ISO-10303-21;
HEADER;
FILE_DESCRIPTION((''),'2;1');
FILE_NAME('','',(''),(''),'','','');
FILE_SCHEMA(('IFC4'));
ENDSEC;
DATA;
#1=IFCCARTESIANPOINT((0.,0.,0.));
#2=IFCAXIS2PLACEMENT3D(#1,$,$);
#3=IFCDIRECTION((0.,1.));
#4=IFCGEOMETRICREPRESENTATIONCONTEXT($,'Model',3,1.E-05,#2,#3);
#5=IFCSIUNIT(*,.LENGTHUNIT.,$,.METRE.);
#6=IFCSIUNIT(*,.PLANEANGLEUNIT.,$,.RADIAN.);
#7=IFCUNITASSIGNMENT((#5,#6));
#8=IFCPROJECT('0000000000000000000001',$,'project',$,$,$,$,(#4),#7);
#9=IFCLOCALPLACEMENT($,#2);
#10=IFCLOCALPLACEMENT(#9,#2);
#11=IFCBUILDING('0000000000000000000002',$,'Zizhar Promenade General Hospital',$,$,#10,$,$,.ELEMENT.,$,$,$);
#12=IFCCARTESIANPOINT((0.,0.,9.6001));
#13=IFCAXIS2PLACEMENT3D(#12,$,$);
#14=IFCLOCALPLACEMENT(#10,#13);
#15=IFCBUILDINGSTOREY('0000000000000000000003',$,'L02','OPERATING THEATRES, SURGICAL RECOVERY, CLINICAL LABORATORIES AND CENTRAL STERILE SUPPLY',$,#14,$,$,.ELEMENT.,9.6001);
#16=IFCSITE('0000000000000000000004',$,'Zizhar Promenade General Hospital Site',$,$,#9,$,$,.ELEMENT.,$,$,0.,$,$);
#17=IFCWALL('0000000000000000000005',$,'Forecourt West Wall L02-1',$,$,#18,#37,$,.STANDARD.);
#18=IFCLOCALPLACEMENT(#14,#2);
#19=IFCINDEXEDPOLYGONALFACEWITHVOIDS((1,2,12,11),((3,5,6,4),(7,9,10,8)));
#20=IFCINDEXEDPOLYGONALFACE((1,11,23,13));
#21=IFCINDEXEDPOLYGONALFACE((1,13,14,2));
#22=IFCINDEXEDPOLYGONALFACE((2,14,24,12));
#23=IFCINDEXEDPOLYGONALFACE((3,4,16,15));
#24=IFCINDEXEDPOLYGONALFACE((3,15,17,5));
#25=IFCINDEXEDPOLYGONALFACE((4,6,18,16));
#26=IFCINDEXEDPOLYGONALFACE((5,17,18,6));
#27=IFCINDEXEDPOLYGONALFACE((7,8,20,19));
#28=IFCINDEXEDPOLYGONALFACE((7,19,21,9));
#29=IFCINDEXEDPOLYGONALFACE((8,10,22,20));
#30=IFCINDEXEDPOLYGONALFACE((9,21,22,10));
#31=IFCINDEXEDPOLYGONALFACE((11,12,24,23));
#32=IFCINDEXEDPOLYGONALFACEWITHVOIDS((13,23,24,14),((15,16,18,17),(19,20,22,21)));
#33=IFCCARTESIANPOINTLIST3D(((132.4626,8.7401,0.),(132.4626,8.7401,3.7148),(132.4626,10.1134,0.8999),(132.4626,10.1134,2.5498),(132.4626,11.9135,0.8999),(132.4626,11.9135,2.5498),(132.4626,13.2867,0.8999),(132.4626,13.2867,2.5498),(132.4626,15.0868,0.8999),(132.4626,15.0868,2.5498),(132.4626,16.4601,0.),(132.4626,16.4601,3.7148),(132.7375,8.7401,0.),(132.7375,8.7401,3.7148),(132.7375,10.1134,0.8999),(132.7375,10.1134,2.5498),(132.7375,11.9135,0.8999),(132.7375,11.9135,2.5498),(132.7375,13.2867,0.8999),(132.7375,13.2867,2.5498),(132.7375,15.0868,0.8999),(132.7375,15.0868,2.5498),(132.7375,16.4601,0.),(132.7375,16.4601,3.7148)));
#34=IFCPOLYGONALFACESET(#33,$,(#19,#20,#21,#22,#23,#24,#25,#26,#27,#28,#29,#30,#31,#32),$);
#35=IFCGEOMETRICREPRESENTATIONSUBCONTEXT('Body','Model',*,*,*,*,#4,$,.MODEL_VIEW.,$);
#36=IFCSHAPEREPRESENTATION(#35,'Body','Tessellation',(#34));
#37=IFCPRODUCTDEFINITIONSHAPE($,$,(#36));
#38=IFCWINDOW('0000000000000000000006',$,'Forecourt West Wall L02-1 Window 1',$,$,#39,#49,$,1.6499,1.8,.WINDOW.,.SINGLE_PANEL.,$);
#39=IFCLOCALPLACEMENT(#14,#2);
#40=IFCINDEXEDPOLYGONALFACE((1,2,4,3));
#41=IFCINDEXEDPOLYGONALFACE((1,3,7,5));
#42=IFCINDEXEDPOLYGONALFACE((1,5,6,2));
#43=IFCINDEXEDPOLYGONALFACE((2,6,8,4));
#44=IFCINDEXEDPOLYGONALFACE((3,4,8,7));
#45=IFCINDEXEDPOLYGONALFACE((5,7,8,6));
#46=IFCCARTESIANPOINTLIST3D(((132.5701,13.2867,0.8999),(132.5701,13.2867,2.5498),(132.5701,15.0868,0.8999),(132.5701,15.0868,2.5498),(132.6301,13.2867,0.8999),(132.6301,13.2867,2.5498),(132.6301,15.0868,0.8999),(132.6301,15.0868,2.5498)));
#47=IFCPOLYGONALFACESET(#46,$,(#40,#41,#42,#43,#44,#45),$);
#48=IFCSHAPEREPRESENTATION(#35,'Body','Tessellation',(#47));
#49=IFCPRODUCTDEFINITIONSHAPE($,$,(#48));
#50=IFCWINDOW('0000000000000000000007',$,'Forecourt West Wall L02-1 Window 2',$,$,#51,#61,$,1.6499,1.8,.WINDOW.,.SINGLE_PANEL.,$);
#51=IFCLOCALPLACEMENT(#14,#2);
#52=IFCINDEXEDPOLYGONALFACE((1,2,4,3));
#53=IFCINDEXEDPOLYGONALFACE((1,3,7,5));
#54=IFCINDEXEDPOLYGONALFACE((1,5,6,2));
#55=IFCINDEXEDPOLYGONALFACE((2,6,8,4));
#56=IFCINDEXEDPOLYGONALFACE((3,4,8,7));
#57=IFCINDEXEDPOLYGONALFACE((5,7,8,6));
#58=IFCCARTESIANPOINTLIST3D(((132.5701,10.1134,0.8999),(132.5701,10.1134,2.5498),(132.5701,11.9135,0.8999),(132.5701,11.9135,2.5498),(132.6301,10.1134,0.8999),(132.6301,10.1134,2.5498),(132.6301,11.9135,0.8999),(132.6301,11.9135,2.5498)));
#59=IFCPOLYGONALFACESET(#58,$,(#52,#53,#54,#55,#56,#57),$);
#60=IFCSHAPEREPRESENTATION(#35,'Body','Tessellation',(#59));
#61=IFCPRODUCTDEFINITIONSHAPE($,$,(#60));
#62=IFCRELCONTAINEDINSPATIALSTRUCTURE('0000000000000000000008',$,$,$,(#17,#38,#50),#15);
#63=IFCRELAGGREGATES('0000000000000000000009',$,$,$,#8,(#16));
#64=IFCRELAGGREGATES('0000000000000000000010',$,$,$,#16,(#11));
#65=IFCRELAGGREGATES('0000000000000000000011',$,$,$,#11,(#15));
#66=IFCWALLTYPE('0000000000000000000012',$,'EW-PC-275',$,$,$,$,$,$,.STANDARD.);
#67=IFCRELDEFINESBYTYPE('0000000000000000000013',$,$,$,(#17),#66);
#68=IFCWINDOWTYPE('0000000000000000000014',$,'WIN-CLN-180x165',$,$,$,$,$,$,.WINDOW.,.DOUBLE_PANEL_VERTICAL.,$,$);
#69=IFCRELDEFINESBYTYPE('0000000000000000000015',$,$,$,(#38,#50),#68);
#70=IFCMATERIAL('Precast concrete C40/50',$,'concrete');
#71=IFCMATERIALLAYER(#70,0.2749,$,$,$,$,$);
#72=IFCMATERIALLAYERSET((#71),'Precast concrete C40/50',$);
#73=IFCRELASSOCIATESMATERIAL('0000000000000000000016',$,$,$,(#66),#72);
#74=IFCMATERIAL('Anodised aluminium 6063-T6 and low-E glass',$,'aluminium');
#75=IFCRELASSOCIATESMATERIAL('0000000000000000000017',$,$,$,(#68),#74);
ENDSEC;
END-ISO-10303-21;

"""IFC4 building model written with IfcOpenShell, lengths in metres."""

from ifc_helpers import new_model, si_unit, direction, frame, frame_2d, origin, place, context, subcontext, project, spatial, rectangle, extrude, material, layer, layer_set, type_object, element, fill, save


model = new_model("IFC4")

# Units and contexts
model_context = context("Model", 3, precision=1e-05, world=origin(), true_north=direction((0.0, 1.0)))
body_context = subcontext(model_context, "Body", "Model", "MODEL_VIEW")
ifc_project = project(units=[si_unit("LENGTHUNIT", "METRE"), si_unit("PLANEANGLEUNIT", "RADIAN")], contexts=[model_context])

# Site, building, storey
site_placement = place(None, origin())
site = spatial("IfcSite", under=ifc_project, at=site_placement, Name="Zizhar Promenade General Hospital Site", CompositionType="ELEMENT", RefElevation=0.0)
building_placement = place(site_placement, origin())
building = spatial("IfcBuilding", under=site, at=building_placement, Name="Zizhar Promenade General Hospital", CompositionType="ELEMENT")
storey_placement = place(building_placement, frame((0.0, 0.0, 9.6001)))
storey = spatial("IfcBuildingStorey", under=building, at=storey_placement, Name="L02", Description="OPERATING THEATRES, SURGICAL RECOVERY, CLINICAL LABORATORIES AND CENTRAL STERILE SUPPLY", CompositionType="ELEMENT", Elevation=9.6001)

# Wall, openings, windows
ifc_material_1 = material(Name="Precast concrete C40/50", Category="concrete")
ifc_layer_1 = layer(ifc_material_1, 0.2749)
ifc_layer_set_1 = layer_set([ifc_layer_1], Name="Precast concrete C40/50")
wall_type = type_object("IfcWallType", Name="EW-PC-275", PredefinedType="STANDARD", material=ifc_layer_set_1)
ifc_material_2 = material(Name="Anodised aluminium 6063-T6 and low-E glass", Category="aluminium")
window_type = type_object("IfcWindowType", Name="WIN-CLN-180x165", PartitioningType="DOUBLE_PANEL_VERTICAL", PredefinedType="WINDOW", material=ifc_material_2)
wall_1_placement = place(storey_placement, frame((132.6001, 16.46, 0.0), z_axis=(0.0, 0.0, 1.0), x_axis=(0.0, -1.0, 0.0)))
wall_1 = element("IfcWall", 1, at=wall_1_placement, inside=storey, type_object=wall_type, Name="Forecourt West Wall L02-1", PredefinedType="STANDARD", context=body_context, shape_type="SweptSolid", body=[
    extrude(rectangle(XDim=7.72, YDim=0.2749, at=frame_2d((3.8599, 0.0))), origin(), (0.0, 0.0, 1.0), 3.7148),
])
opening_1_placement = place(wall_1_placement, frame((1.3733, 0.0, 0.8999)))
opening_1 = element("IfcOpeningElement", 2, at=opening_1_placement, cuts=wall_1, PredefinedType="OPENING", context=body_context, shape_type="SweptSolid", body=[
    extrude(rectangle(XDim=1.8, YDim=1.6499, at=frame_2d((0.8999, 0.825))), frame((0.0, 0.1475, 0.0), z_axis=(0.0, -1.0, 0.0), x_axis=(1.0, 0.0, 0.0)), (0.0, 0.0, 1.0), 0.2949),
])
opening_2_placement = place(wall_1_placement, frame((4.5466, 0.0, 0.8999)))
opening_2 = element("IfcOpeningElement", 3, at=opening_2_placement, cuts=wall_1, PredefinedType="OPENING", context=body_context, shape_type="SweptSolid", body=[
    extrude(rectangle(XDim=1.8, YDim=1.6499, at=frame_2d((0.8999, 0.825))), frame((0.0, 0.1475, 0.0), z_axis=(0.0, -1.0, 0.0), x_axis=(1.0, 0.0, 0.0)), (0.0, 0.0, 1.0), 0.2949),
])
window_1_placement = place(opening_1_placement, origin())
window_1 = element("IfcWindow", 4, at=window_1_placement, inside=storey, type_object=window_type, Name="Forecourt West Wall L02-1 Window 1", OverallHeight=1.6499, OverallWidth=1.8, PartitioningType="SINGLE_PANEL", PredefinedType="WINDOW", context=body_context, shape_type="SweptSolid", body=[
    extrude(rectangle(XDim=1.8, YDim=1.6499, at=frame_2d((0.8999, 0.825))), frame((0.0, 0.03, 0.0), z_axis=(0.0, -1.0, 0.0), x_axis=(1.0, 0.0, 0.0)), (0.0, 0.0, 1.0), 0.0601),
])
fill(opening_1, window_1)
window_2_placement = place(opening_2_placement, origin())
window_2 = element("IfcWindow", 5, at=window_2_placement, inside=storey, type_object=window_type, Name="Forecourt West Wall L02-1 Window 2", OverallHeight=1.6499, OverallWidth=1.8, PartitioningType="SINGLE_PANEL", PredefinedType="WINDOW", context=body_context, shape_type="SweptSolid", body=[
    extrude(rectangle(XDim=1.8, YDim=1.6499, at=frame_2d((0.8999, 0.825))), frame((0.0, 0.03, 0.0), z_axis=(0.0, -1.0, 0.0), x_axis=(1.0, 0.0, 0.0)), (0.0, 0.0, 1.0), 0.0601),
])
fill(opening_2, window_2)

save(model, "model.ifc")
